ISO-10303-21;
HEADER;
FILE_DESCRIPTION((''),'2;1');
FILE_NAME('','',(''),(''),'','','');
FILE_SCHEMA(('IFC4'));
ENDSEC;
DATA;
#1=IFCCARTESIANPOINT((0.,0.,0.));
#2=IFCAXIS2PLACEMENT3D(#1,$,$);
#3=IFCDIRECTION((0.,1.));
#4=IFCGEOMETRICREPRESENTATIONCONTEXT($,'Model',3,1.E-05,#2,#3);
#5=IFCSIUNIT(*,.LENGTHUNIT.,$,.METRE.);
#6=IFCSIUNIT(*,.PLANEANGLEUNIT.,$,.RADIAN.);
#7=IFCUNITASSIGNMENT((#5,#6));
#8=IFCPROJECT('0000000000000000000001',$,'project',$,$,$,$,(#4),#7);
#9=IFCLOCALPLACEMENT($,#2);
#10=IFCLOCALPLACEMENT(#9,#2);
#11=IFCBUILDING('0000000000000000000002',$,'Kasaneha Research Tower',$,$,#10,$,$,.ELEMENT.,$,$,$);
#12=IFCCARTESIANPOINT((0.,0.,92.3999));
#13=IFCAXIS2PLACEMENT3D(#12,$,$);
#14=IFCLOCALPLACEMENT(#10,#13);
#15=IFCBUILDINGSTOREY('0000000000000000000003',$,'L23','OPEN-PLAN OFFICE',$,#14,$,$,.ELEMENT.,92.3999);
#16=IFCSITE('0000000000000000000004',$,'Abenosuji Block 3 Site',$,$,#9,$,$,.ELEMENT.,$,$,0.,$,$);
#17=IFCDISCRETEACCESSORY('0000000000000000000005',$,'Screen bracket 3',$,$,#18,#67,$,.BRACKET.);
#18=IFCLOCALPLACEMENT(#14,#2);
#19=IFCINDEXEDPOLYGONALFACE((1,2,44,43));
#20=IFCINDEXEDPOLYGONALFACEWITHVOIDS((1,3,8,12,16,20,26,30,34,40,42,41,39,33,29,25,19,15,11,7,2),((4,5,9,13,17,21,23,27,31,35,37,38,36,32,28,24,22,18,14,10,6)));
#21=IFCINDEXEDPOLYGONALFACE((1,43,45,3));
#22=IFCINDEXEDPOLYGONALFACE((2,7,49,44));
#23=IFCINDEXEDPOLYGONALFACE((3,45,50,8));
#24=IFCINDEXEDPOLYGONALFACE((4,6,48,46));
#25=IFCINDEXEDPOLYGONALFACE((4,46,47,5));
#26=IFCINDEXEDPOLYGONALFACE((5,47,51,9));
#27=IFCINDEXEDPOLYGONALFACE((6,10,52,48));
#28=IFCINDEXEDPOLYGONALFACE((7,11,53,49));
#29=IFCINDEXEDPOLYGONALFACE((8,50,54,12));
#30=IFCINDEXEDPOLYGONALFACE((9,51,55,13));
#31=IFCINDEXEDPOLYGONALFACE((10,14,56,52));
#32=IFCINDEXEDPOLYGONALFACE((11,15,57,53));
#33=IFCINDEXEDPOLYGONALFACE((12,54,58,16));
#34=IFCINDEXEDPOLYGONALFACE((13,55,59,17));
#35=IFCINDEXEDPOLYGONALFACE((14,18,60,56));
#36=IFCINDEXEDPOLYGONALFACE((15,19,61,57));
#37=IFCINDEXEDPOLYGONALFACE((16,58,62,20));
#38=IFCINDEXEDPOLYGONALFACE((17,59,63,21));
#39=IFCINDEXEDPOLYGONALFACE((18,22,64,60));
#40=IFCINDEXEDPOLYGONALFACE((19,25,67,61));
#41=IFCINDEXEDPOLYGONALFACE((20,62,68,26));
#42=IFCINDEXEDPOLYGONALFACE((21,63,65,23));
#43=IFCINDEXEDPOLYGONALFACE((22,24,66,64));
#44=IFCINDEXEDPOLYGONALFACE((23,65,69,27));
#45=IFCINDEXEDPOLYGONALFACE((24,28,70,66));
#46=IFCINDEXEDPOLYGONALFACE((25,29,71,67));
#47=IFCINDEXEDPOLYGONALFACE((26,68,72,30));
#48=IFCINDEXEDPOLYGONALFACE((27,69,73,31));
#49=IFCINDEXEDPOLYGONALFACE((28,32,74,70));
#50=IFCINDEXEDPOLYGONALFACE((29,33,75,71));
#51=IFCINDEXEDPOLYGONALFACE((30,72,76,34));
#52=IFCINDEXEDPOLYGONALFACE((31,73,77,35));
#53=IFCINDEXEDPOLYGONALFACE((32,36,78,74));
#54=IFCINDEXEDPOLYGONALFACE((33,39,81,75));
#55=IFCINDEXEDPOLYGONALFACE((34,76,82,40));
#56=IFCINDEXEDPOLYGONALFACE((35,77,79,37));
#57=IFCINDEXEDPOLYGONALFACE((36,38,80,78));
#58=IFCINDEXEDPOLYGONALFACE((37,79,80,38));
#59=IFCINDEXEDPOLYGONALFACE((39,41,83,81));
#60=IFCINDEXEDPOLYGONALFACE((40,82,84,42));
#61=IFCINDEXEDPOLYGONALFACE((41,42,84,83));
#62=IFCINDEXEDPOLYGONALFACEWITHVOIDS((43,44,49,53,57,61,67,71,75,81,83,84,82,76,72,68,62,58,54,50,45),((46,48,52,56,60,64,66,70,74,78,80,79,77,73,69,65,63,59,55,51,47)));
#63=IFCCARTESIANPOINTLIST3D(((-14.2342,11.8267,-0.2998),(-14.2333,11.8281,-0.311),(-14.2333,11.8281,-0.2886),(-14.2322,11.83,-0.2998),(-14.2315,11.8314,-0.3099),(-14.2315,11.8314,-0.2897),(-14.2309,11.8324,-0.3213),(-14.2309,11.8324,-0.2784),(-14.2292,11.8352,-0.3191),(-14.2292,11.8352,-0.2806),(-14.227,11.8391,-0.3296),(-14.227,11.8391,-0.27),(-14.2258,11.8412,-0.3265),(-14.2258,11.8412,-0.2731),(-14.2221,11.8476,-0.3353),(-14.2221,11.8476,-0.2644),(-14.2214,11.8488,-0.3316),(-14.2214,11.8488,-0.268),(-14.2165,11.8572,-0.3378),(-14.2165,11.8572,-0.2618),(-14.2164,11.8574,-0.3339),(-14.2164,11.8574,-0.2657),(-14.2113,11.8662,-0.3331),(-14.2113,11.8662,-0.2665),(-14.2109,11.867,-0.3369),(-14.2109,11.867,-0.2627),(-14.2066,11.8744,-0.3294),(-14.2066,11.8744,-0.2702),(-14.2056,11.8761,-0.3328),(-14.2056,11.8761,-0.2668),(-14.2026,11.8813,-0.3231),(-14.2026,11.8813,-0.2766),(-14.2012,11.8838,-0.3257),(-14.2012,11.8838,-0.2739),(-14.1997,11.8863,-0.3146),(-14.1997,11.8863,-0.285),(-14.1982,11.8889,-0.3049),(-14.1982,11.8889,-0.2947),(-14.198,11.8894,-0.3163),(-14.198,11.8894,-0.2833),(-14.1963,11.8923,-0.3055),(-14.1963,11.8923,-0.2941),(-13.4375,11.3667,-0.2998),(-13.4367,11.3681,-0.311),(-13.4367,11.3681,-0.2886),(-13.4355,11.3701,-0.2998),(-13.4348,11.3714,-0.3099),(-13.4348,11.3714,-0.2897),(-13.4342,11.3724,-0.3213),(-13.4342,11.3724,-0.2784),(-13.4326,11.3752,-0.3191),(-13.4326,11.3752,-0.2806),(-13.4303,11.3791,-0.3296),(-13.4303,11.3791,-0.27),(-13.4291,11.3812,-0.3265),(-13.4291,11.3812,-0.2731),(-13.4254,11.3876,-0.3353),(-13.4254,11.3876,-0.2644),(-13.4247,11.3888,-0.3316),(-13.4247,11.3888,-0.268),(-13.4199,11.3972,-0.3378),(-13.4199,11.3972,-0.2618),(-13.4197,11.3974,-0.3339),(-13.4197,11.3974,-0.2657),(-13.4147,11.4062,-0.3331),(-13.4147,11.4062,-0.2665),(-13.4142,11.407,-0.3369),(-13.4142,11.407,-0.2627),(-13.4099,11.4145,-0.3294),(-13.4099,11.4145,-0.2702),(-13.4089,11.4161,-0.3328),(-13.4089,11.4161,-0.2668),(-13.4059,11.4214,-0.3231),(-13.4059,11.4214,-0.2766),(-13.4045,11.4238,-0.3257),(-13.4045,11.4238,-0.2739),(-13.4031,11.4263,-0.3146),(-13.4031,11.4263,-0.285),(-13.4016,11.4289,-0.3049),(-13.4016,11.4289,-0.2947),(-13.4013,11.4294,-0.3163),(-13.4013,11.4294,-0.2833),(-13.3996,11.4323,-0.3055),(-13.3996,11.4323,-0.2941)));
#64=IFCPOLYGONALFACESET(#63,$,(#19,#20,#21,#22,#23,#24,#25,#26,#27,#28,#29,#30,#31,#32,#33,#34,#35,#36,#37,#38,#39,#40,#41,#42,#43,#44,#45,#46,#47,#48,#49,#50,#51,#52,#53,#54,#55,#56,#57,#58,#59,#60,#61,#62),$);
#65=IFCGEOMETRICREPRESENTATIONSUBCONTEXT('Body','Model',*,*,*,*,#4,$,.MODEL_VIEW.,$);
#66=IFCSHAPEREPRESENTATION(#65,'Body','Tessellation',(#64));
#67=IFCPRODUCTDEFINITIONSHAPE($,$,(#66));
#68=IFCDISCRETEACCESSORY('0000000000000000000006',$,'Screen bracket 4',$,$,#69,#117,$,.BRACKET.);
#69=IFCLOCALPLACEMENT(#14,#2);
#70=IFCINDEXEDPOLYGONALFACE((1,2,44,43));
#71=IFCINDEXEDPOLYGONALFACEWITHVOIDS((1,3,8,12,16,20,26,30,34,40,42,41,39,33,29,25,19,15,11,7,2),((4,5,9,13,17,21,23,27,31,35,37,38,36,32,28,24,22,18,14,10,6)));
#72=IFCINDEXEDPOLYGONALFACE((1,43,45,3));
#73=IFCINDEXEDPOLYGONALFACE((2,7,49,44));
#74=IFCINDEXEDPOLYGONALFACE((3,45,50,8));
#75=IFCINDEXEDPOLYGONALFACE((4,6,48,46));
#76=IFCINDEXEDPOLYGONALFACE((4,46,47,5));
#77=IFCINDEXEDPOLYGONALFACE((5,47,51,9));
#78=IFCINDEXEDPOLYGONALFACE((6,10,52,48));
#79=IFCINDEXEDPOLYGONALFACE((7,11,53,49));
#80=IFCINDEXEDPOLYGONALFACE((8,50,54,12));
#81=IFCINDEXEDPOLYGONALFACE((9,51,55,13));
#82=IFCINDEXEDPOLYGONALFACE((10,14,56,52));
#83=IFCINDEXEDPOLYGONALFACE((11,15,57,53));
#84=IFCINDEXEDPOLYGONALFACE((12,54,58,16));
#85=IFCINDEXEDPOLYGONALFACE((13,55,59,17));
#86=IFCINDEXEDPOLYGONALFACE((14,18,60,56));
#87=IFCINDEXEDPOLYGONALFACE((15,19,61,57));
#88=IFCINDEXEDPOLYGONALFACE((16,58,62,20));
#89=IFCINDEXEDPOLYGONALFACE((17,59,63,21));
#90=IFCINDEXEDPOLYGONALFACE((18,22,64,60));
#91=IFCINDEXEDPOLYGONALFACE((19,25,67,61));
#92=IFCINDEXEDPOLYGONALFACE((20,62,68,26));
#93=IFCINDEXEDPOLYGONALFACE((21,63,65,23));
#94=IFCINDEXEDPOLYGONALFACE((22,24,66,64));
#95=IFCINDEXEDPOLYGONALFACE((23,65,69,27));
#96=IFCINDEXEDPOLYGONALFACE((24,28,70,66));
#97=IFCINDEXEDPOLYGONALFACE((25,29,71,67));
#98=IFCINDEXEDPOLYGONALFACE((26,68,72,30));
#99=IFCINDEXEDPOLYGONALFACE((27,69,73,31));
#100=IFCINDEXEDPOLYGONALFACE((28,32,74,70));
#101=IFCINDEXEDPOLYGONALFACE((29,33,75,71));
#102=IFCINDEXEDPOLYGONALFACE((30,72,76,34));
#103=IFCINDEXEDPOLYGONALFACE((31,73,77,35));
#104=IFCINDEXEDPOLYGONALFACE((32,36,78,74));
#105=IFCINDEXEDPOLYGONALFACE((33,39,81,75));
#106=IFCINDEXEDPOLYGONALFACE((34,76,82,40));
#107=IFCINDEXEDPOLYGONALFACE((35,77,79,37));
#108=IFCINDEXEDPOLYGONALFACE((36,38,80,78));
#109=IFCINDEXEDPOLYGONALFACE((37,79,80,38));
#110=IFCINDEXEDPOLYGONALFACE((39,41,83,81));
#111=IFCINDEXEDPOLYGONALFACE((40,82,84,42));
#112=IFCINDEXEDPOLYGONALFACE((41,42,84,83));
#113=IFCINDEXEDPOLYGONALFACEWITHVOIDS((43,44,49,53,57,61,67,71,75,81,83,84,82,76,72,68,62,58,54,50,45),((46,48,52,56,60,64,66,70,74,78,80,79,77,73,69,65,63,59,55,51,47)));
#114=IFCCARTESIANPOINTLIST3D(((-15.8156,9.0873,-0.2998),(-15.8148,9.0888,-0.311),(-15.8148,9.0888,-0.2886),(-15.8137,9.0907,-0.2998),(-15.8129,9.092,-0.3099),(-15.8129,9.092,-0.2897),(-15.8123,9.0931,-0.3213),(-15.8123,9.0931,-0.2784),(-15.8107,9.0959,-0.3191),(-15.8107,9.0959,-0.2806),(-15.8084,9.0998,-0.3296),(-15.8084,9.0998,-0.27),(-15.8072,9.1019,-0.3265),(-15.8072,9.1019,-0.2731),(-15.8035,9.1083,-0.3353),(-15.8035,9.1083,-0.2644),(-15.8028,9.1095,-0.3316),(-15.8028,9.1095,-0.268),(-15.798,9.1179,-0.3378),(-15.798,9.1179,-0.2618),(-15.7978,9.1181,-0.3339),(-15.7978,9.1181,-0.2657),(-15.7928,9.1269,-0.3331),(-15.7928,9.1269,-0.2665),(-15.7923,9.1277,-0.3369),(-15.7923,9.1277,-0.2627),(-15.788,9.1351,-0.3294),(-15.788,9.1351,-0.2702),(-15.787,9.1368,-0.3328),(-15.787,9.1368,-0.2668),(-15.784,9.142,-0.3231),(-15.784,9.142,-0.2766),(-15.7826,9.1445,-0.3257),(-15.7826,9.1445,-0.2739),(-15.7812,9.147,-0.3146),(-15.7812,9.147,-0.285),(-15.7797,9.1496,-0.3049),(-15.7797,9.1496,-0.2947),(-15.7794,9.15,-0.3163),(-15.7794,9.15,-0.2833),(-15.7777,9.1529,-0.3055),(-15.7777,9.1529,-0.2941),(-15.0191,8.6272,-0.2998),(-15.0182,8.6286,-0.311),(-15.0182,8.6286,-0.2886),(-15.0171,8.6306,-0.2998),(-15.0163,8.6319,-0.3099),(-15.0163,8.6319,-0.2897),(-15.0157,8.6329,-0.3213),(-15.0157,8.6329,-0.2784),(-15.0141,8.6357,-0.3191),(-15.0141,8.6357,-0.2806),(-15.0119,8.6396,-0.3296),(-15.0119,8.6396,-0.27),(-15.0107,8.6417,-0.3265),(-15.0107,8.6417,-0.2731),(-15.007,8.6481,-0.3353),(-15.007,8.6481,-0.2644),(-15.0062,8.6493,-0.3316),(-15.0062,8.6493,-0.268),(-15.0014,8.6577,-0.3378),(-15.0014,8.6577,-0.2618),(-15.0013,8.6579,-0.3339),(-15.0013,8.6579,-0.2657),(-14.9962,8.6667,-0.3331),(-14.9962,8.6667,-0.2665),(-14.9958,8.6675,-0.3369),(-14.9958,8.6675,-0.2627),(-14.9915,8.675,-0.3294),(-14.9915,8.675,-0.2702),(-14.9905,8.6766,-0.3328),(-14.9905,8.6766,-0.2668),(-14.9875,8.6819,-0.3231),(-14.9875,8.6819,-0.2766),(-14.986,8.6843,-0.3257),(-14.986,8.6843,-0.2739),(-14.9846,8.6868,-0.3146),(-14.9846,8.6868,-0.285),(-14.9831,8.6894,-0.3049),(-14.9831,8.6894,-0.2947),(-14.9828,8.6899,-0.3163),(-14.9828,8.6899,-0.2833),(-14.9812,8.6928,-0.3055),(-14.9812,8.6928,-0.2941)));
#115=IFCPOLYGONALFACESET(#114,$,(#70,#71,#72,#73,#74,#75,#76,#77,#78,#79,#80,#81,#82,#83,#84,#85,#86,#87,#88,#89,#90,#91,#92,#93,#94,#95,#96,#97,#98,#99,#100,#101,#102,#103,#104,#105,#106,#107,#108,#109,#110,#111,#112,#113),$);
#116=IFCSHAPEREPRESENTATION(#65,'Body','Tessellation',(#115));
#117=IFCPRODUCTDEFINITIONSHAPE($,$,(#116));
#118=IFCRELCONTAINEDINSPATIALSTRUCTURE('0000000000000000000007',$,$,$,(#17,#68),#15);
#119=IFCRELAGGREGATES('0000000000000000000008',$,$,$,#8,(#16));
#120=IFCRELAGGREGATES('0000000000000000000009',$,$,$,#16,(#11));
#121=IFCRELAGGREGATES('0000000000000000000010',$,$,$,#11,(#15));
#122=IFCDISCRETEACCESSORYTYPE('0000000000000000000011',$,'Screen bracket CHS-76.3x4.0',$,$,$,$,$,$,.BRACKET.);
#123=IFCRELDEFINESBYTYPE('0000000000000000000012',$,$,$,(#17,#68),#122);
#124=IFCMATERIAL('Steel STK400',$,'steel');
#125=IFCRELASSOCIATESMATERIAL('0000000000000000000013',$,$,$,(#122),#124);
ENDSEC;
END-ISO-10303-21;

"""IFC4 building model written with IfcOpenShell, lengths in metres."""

from ifc_helpers import new_model, si_unit, direction, frame, origin, origin_2d, place, context, subcontext, project, spatial, hollow_circle, extrude, material, material_profile, profile_set, type_object, element, save


model = new_model("IFC4")

# Units and contexts
model_context = context("Model", 3, precision=1e-05, world=origin(), true_north=direction((0.0, 1.0)))
body_context = subcontext(model_context, "Body", "Model", "MODEL_VIEW")
ifc_project = project(units=[si_unit("LENGTHUNIT", "METRE"), si_unit("PLANEANGLEUNIT", "RADIAN")], contexts=[model_context])

# Site, building, storey
site_placement = place(None, origin())
site = spatial("IfcSite", under=ifc_project, at=site_placement, Name="Abenosuji Block 3 Site", CompositionType="ELEMENT", RefElevation=0.0)
building_placement = place(site_placement, origin())
building = spatial("IfcBuilding", under=site, at=building_placement, Name="Kasaneha Research Tower", CompositionType="ELEMENT")
storey_placement = place(building_placement, frame((0.0, 0.0, 92.3999)))
storey = spatial("IfcBuildingStorey", under=building, at=storey_placement, Name="L23", Description="OPEN-PLAN OFFICE", CompositionType="ELEMENT", Elevation=92.3999)

# Discrete accessories
ifc_material_1 = material(Name="Steel STK400", Category="steel")
ifc_material_profile_1 = material_profile(ifc_material_1, hollow_circle(Radius=0.0381, WallThickness=0.0039, at=origin_2d()), Name="CHS-76.3x4.0")
ifc_profile_set_1 = profile_set([ifc_material_profile_1], Name="Steel STK400")
discrete_accessory_type = type_object("IfcDiscreteAccessoryType", Name="Screen bracket CHS-76.3x4.0", PredefinedType="BRACKET", material=ifc_profile_set_1)
for number, where, z_axis, x_axis, name in (
    (1, (-13.4185, 11.3997, -0.2998), (-0.866013, 0.500021, 0.0), (-0.500021, -0.866013, 0.0), "Screen bracket 3"),
    (2, (-15.0, 8.6602, -0.2998), (-0.865898, 0.50022, 0.0), (-0.50022, -0.865898, 0.0), "Screen bracket 4"),
):
    element("IfcDiscreteAccessory", number, at=place(storey_placement, frame(where, z_axis=z_axis, x_axis=x_axis)), inside=storey, type_object=discrete_accessory_type, Name=name, PredefinedType="BRACKET", context=body_context, shape_type="SweptSolid", body=[
        extrude(hollow_circle(Radius=0.0381, WallThickness=0.0039, at=origin_2d()), origin(), (0.0, 0.0, 1.0), 0.9199),
    ])

save(model, "model.ifc")
